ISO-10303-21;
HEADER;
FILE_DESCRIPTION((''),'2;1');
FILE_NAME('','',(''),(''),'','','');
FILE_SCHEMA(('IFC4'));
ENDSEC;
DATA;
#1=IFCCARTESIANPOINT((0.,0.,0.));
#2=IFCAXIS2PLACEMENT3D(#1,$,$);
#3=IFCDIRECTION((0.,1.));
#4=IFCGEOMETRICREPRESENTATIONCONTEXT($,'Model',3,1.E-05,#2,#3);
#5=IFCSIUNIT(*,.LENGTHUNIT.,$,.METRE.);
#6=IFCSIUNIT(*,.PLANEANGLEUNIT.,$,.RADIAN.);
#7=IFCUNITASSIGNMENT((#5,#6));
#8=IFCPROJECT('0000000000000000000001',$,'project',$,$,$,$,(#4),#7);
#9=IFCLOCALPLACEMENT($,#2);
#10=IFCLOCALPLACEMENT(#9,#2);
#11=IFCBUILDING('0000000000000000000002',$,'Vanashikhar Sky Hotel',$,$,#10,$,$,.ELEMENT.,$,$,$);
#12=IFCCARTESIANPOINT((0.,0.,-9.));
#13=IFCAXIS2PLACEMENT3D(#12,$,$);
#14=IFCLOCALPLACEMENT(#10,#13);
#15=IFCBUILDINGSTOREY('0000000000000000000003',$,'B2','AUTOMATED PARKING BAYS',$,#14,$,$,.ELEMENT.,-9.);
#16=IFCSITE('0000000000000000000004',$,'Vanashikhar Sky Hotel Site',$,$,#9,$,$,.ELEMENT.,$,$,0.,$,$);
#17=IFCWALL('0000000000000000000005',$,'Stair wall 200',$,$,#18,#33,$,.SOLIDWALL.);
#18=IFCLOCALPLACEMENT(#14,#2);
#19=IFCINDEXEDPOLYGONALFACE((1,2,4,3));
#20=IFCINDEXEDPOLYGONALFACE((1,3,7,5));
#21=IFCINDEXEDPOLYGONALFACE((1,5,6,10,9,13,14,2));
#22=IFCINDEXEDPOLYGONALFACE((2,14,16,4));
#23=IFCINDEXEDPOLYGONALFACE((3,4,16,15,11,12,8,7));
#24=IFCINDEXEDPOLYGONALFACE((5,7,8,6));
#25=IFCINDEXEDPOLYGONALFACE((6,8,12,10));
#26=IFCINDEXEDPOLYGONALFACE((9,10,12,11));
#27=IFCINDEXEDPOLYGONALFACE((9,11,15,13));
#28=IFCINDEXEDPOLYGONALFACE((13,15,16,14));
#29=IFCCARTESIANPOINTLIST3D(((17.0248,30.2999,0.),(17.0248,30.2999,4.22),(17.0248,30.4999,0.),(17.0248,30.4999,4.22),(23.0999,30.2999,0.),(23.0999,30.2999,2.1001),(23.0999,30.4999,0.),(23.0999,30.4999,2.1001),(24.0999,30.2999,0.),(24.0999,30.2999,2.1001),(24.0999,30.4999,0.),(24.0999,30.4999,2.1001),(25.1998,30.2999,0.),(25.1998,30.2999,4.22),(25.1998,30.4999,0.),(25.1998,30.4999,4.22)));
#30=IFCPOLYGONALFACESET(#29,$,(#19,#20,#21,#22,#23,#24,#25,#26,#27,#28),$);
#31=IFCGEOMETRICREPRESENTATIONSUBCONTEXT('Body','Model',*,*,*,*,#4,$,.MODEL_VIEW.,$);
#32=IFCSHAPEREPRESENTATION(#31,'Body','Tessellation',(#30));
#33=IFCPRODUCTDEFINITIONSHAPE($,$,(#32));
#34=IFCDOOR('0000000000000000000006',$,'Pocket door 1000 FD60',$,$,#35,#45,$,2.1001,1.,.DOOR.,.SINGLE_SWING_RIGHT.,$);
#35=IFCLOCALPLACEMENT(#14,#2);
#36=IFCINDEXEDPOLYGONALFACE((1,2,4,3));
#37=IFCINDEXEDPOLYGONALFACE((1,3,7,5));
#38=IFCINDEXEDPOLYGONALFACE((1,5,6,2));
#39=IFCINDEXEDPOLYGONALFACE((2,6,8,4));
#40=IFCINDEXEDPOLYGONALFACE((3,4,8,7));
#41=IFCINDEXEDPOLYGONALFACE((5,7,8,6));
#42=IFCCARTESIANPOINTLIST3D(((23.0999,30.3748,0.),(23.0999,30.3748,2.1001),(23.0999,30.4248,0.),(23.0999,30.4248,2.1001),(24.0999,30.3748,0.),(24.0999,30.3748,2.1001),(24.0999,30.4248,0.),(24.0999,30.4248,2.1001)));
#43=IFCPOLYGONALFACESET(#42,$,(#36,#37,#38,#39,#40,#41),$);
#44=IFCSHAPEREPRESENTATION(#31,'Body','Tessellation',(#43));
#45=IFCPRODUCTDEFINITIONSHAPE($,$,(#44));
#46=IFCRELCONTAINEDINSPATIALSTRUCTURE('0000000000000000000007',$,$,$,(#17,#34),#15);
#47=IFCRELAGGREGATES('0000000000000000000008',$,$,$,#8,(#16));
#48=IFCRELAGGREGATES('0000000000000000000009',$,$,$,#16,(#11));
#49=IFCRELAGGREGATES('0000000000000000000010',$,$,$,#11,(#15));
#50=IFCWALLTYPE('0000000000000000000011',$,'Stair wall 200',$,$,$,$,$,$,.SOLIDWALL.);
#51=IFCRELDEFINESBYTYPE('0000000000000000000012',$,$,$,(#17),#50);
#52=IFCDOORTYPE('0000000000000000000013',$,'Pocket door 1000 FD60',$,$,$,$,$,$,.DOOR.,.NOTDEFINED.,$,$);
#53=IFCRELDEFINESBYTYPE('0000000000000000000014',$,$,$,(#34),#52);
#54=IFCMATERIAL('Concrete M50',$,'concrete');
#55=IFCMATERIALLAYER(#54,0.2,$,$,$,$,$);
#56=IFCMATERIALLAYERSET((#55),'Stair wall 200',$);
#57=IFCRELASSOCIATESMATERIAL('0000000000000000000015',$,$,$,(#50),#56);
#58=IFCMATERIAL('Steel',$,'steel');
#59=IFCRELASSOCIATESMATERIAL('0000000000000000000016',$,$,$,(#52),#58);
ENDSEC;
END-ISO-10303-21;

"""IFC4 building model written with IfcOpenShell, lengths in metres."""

from ifc_helpers import new_model, si_unit, direction, frame, frame_2d, origin, place, context, subcontext, project, spatial, rectangle, extrude, source, transform, mapped, material, layer, layer_set, type_object, element, fill, save


model = new_model("IFC4")

# Units and contexts
model_context = context("Model", 3, precision=1e-05, world=origin(), true_north=direction((0.0, 1.0)))
body_context = subcontext(model_context, "Body", "Model", "MODEL_VIEW")
ifc_project = project(units=[si_unit("LENGTHUNIT", "METRE"), si_unit("PLANEANGLEUNIT", "RADIAN")], contexts=[model_context])

# Site, building, storey
site_placement = place(None, origin())
site = spatial("IfcSite", under=ifc_project, at=site_placement, Name="Vanashikhar Sky Hotel Site", CompositionType="ELEMENT", RefElevation=0.0)
building_placement = place(site_placement, origin())
building = spatial("IfcBuilding", under=site, at=building_placement, Name="Vanashikhar Sky Hotel", CompositionType="ELEMENT")
storey_placement = place(building_placement, frame((0.0, 0.0, -9.0)))
storey = spatial("IfcBuildingStorey", under=building, at=storey_placement, Name="B2", Description="AUTOMATED PARKING BAYS", CompositionType="ELEMENT", Elevation=-9.0)

# Shared definitions
ifc_material_1 = material(Name="Concrete M50", Category="concrete")

# Wall, opening, door
ifc_layer_1 = layer(ifc_material_1, 0.2)
ifc_layer_set_1 = layer_set([ifc_layer_1], Name="Stair wall 200")
wall_type_1 = type_object("IfcWallType", Name="Stair wall 200", PredefinedType="SOLIDWALL", material=ifc_layer_set_1)
shared_shape_1 = source(origin(), body_context, "Body", "SweptSolid", [
    extrude(rectangle(XDim=8.175, YDim=0.2, at=frame_2d((4.0874, 0.0))), origin(), (0.0, 0.0, 1.0), 4.22),
])
wall_1_placement = place(storey_placement, frame((17.0249, 30.3999, 0.0), z_axis=(0.0, 0.0, 1.0), x_axis=(1.0, 0.0, 0.0)))
wall_1 = element("IfcWall", 1, at=wall_1_placement, inside=storey, type_object=wall_type_1, Name="Stair wall 200", PredefinedType="SOLIDWALL", context=body_context, shape_type="MappedRepresentation", body=[
    mapped(shared_shape_1, transform((0.0, 0.0, 0.0), scale=1.0)),
])
shared_shape_2 = source(origin(), body_context, "Body", "SweptSolid", [
    extrude(rectangle(XDim=1.0, YDim=2.1001, at=frame_2d((0.5, 1.05))), frame((0.0, 0.1099, 0.0), z_axis=(0.0, -1.0, 0.0), x_axis=(1.0, 0.0, 0.0)), (0.0, 0.0, 1.0), 0.22),
])
opening_placement = place(wall_1_placement, frame((6.075, 0.0, 0.0)))
opening = element("IfcOpeningElement", 2, at=opening_placement, cuts=wall_1, PredefinedType="OPENING", context=body_context, shape_type="MappedRepresentation", body=[
    mapped(shared_shape_2, transform((0.0, 0.0, 0.0), scale=1.0)),
])
ifc_material_2 = material(Name="Steel", Category="steel")
door_type = type_object("IfcDoorType", Name="Pocket door 1000 FD60", OperationType="NOTDEFINED", PredefinedType="DOOR", material=ifc_material_2)
shared_shape_3 = source(origin(), body_context, "Body", "SweptSolid", [
    extrude(rectangle(XDim=1.0, YDim=2.1001, at=frame_2d((0.5, 1.05))), frame((0.0, 0.0249, 0.0), z_axis=(0.0, -1.0, 0.0), x_axis=(1.0, 0.0, 0.0)), (0.0, 0.0, 1.0), 0.05),
])
door_placement = place(opening_placement, origin())
door = element("IfcDoor", 3, at=door_placement, inside=storey, type_object=door_type, Name="Pocket door 1000 FD60", OperationType="SINGLE_SWING_RIGHT", OverallHeight=2.1001, OverallWidth=1.0, PredefinedType="DOOR", context=body_context, shape_type="MappedRepresentation", body=[
    mapped(shared_shape_3, transform((0.0, 0.0, 0.0), scale=1.0)),
])
fill(opening, door)

save(model, "model.ifc")
